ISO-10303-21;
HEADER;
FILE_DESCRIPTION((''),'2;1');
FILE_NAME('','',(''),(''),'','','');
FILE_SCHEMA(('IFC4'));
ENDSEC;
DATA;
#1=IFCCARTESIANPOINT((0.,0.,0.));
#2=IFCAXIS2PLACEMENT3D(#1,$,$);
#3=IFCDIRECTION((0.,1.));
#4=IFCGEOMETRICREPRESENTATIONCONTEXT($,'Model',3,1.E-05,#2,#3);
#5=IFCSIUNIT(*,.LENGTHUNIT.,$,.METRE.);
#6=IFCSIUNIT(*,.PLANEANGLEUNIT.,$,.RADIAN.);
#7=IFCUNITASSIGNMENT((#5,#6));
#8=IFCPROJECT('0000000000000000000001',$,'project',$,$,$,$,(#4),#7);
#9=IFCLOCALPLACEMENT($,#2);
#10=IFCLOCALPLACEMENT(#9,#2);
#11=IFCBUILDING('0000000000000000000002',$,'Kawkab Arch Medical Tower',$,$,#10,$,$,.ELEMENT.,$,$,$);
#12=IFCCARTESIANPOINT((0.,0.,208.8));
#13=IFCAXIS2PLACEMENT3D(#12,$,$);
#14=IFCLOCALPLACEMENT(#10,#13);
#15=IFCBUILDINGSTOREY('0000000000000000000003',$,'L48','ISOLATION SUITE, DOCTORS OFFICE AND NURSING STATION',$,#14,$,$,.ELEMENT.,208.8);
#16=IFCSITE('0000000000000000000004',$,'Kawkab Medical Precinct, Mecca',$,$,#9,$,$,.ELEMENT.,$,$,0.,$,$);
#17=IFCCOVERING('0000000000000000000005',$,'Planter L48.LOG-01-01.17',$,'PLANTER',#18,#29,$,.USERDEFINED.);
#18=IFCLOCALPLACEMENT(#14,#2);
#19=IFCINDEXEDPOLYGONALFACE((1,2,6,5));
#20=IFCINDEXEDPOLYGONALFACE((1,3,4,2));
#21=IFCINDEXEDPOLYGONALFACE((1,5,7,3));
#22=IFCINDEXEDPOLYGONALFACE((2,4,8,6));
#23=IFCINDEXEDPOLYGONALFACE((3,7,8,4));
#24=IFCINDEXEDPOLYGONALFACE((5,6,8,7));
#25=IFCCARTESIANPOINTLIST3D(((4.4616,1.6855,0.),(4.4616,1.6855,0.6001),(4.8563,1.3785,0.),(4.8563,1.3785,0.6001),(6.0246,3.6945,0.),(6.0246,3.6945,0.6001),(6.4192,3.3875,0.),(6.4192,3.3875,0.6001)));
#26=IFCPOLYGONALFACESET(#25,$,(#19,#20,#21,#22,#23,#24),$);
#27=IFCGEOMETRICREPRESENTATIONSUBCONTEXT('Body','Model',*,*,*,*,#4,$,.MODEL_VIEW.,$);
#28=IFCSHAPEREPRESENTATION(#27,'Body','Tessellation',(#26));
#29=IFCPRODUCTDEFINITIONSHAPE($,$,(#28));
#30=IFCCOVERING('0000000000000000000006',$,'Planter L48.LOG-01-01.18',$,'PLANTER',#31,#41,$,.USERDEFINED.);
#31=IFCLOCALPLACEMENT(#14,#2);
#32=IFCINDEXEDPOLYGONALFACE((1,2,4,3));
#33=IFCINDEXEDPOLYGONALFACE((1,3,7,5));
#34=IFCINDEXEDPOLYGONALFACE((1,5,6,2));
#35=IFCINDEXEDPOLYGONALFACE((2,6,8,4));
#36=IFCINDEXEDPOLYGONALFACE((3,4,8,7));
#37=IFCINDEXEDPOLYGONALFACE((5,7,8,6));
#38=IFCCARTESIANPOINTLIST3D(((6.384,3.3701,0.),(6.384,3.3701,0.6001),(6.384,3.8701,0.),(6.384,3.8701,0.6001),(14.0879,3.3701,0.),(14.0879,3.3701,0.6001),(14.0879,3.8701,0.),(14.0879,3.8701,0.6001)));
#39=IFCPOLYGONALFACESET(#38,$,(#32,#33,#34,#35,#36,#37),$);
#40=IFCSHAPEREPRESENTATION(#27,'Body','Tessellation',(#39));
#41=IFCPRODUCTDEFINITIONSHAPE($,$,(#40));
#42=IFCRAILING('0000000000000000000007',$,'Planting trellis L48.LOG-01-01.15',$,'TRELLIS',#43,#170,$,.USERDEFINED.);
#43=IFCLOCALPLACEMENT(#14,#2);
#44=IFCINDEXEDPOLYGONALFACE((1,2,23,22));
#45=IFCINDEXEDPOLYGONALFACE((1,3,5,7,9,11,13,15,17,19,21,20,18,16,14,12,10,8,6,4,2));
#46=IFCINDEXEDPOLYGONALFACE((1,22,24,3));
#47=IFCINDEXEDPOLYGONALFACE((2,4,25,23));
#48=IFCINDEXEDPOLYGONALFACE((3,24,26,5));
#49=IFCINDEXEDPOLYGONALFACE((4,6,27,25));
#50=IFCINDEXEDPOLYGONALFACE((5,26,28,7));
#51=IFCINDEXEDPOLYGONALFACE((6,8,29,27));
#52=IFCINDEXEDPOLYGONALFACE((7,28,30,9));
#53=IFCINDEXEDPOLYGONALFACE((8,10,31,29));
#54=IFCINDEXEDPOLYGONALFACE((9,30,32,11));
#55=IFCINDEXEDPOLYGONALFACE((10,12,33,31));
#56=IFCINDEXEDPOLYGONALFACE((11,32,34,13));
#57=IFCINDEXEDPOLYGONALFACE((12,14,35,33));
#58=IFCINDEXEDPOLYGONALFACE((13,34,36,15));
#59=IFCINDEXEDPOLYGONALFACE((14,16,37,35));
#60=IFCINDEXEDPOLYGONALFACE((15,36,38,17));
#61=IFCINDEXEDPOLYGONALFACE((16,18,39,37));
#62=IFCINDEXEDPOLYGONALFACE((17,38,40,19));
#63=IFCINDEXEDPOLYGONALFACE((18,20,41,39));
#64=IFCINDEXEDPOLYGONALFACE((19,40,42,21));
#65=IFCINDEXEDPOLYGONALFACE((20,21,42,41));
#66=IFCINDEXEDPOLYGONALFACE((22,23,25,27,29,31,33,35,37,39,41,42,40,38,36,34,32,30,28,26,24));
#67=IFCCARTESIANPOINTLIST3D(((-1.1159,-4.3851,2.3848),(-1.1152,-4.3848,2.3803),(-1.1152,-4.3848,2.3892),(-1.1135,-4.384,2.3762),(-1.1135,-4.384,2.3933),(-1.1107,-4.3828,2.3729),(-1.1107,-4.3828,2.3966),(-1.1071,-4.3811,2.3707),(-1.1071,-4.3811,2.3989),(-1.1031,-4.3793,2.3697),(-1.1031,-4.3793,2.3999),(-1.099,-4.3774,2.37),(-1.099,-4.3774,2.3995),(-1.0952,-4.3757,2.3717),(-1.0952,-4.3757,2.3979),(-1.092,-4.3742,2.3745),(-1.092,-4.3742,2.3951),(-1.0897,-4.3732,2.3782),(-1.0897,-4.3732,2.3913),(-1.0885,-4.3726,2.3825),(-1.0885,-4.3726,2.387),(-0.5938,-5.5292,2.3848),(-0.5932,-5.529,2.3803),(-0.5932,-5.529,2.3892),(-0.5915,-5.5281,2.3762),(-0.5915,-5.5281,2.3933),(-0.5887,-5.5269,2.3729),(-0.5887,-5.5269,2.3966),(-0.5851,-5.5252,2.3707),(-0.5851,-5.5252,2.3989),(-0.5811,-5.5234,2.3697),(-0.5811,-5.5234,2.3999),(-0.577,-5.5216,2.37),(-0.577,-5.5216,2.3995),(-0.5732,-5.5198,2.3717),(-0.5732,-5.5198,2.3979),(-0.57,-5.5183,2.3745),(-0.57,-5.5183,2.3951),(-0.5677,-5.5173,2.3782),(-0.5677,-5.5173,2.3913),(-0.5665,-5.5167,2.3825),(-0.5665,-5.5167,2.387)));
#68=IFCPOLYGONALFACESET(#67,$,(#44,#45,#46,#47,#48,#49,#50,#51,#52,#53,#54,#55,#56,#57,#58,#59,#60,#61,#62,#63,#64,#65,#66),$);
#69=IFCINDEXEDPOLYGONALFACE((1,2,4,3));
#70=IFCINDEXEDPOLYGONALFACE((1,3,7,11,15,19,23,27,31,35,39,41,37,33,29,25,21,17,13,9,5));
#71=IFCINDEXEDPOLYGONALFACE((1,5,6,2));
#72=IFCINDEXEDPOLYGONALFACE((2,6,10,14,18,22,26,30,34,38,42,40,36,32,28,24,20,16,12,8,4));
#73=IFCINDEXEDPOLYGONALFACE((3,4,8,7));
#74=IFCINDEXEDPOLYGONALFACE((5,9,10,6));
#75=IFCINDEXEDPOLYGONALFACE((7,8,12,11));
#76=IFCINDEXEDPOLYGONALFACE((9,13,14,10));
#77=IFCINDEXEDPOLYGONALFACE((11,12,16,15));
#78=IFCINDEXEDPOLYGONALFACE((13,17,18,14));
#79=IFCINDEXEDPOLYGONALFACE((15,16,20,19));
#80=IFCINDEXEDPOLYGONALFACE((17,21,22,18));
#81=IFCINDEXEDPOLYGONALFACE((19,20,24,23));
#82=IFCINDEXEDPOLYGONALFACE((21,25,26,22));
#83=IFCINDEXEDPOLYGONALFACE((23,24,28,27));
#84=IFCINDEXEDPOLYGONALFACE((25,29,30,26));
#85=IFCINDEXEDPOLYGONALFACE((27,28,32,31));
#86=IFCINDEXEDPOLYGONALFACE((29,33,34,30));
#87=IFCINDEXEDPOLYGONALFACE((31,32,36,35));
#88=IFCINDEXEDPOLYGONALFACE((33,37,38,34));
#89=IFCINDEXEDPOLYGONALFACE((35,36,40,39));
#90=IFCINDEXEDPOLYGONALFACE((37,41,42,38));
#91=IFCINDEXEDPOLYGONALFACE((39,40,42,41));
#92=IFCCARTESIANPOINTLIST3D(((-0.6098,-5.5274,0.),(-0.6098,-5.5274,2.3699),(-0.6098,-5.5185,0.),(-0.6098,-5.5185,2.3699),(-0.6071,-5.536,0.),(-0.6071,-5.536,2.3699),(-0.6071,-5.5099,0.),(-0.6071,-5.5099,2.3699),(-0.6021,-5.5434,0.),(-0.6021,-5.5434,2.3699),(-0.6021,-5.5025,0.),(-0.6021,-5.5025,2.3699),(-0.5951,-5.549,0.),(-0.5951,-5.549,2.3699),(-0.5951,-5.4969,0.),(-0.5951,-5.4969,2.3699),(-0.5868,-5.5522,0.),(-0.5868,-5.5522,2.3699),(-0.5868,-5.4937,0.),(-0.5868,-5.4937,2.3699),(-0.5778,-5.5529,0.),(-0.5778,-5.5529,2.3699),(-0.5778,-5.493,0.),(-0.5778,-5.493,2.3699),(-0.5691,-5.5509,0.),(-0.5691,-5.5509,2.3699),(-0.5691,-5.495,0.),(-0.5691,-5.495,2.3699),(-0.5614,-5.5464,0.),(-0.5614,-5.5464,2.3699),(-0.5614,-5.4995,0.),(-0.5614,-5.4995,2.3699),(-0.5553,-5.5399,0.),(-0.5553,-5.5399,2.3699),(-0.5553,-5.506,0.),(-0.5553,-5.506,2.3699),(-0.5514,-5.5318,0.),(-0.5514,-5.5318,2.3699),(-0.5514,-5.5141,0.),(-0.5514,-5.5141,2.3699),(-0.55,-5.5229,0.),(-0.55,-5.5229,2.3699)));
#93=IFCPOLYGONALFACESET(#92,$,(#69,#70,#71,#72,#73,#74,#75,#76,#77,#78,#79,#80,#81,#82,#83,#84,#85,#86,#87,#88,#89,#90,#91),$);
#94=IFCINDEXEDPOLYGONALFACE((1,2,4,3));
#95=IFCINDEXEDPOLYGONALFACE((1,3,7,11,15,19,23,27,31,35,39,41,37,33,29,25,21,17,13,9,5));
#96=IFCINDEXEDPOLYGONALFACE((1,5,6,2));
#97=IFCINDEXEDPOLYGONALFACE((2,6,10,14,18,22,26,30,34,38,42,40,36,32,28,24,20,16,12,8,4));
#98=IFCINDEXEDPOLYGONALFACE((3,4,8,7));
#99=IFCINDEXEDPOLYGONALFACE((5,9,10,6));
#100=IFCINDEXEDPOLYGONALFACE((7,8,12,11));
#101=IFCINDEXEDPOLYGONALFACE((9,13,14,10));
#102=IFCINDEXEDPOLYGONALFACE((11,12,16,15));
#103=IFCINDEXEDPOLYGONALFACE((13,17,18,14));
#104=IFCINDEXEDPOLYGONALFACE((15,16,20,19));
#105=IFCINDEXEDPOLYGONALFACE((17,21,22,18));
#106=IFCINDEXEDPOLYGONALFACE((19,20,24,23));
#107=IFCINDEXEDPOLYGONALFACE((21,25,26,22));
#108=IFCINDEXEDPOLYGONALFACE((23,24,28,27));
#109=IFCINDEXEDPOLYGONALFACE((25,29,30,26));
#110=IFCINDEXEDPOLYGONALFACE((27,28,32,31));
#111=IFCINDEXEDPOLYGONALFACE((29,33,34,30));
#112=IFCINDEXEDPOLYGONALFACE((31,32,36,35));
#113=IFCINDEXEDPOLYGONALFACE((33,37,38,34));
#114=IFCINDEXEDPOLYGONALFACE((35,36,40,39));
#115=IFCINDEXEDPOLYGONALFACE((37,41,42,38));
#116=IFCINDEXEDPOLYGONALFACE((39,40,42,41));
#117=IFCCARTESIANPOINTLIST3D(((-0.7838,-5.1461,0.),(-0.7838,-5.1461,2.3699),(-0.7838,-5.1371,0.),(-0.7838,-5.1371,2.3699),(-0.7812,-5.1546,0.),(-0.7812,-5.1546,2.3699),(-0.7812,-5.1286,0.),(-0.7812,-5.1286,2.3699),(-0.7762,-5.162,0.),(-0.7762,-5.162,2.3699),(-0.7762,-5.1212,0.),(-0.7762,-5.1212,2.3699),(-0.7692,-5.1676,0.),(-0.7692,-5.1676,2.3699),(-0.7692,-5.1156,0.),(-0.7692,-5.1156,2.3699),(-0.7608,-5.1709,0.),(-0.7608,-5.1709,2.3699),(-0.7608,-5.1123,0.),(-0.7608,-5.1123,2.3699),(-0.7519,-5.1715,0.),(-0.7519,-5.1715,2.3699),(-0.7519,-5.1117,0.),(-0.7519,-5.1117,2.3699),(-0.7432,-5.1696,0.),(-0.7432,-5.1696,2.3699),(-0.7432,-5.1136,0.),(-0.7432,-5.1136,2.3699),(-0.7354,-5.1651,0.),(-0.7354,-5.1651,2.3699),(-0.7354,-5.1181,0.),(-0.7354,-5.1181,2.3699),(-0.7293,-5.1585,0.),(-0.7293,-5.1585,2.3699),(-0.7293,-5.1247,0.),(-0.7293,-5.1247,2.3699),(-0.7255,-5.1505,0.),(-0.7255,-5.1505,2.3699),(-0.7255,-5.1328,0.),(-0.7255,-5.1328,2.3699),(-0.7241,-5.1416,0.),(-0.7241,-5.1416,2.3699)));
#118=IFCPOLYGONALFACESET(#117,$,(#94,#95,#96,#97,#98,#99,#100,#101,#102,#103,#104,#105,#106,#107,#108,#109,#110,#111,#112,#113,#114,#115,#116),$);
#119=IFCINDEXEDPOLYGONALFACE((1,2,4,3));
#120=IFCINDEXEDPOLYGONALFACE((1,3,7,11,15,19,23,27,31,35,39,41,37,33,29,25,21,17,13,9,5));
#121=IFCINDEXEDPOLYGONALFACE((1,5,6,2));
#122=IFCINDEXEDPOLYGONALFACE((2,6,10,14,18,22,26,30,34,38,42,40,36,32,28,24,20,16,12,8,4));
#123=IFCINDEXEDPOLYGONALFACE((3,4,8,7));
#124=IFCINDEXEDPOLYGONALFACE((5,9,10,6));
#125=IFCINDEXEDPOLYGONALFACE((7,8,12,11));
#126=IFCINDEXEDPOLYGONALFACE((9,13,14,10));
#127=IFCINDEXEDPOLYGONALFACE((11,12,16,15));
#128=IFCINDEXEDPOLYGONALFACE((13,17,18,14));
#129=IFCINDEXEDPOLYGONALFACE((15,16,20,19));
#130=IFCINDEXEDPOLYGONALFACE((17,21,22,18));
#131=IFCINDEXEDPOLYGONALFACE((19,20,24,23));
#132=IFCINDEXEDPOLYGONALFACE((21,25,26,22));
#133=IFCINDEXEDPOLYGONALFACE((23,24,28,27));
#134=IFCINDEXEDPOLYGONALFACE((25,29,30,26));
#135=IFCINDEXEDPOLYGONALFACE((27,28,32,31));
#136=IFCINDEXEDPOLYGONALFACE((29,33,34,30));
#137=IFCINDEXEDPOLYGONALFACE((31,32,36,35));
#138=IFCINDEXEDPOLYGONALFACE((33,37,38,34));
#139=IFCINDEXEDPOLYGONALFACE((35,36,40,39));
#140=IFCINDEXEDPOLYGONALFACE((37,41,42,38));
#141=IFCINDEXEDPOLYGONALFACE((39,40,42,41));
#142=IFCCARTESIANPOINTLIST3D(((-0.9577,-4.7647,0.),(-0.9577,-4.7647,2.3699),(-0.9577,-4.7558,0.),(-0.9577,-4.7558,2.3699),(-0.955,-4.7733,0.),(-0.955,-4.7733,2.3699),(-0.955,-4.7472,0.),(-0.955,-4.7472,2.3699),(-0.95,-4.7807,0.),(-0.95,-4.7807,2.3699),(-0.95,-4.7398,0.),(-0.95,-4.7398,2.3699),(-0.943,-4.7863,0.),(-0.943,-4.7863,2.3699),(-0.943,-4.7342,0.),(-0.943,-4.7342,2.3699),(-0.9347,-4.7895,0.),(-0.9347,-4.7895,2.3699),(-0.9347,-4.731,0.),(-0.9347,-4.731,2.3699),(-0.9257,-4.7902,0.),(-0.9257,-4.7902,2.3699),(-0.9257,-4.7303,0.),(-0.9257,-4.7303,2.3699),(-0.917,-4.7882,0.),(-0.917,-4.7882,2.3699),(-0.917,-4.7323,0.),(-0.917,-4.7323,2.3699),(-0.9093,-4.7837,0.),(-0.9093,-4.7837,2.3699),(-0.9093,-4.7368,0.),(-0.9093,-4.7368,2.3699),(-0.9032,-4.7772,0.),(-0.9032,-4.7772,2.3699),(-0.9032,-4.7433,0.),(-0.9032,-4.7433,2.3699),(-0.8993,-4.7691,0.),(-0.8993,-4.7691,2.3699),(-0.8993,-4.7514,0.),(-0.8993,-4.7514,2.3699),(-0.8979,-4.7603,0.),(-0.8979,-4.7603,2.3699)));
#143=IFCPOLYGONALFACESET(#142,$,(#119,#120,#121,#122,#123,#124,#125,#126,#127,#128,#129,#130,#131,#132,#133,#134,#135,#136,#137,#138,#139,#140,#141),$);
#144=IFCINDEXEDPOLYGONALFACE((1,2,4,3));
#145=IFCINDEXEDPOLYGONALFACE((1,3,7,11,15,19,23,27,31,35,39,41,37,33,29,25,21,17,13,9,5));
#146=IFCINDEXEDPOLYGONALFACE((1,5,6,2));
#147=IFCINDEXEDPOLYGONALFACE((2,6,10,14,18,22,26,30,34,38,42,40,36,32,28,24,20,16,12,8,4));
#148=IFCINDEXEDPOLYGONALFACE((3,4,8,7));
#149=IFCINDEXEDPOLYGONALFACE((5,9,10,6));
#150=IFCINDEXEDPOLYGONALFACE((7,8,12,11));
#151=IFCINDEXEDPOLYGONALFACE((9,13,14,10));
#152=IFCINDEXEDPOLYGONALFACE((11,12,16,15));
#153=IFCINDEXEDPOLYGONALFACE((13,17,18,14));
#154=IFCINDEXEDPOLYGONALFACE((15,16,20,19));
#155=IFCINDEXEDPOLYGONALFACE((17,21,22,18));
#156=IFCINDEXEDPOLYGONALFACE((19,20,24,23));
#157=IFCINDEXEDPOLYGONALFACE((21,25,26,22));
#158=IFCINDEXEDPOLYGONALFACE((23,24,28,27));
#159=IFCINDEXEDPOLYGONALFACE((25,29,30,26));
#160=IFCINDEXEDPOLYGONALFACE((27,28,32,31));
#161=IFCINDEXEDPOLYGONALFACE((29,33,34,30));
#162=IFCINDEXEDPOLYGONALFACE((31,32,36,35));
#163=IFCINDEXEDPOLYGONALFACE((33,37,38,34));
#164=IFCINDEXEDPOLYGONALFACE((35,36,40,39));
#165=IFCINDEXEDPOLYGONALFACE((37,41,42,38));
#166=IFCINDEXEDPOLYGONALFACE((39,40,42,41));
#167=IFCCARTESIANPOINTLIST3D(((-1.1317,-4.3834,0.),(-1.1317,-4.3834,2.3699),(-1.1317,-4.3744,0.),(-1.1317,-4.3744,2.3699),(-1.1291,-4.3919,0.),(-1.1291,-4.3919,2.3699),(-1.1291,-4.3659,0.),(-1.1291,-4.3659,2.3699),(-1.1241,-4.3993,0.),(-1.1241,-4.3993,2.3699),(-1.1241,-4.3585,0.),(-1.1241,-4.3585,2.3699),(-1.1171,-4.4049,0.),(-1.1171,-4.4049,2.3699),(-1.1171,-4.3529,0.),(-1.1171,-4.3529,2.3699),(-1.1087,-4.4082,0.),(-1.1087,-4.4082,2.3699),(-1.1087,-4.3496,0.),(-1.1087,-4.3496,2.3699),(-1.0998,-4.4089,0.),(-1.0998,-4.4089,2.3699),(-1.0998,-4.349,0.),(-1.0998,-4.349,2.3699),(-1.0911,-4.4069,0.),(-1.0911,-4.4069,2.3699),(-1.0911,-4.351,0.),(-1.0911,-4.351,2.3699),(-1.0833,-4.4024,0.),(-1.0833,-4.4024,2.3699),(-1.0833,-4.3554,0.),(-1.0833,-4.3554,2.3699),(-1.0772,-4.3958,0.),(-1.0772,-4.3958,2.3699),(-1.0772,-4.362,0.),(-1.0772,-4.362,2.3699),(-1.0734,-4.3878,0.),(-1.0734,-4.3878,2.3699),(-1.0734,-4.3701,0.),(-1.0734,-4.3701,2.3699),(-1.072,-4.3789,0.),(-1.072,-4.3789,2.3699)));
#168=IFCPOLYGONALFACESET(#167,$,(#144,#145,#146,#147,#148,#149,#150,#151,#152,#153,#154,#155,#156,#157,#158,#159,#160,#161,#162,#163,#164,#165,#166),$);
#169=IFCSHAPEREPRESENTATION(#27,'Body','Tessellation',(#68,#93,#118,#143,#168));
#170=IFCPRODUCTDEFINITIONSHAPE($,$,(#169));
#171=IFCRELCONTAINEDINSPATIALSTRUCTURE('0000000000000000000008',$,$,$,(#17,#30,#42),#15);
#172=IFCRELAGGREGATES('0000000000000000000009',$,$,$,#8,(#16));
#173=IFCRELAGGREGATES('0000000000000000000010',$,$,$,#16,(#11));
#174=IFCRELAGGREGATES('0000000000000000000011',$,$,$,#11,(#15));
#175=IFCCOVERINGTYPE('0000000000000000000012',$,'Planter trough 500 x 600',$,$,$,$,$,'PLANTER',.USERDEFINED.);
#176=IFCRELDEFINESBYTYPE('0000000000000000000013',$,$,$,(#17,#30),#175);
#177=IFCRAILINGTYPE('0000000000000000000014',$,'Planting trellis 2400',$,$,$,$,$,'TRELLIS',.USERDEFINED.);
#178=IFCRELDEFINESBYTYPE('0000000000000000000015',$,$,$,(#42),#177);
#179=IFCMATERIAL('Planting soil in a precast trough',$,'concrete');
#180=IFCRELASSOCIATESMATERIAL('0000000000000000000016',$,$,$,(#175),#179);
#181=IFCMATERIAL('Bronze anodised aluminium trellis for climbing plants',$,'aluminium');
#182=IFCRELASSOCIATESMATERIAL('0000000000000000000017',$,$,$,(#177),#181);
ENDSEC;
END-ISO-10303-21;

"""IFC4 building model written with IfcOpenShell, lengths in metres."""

from ifc_helpers import new_model, si_unit, direction, frame, origin, origin_2d, place, context, subcontext, project, spatial, rectangle, circle, extrude, material, material_profile, profile_set, type_object, element, save


model = new_model("IFC4")

# Units and contexts
model_context = context("Model", 3, precision=1e-05, world=origin(), true_north=direction((0.0, 1.0)))
body_context = subcontext(model_context, "Body", "Model", "MODEL_VIEW")
ifc_project = project(units=[si_unit("LENGTHUNIT", "METRE"), si_unit("PLANEANGLEUNIT", "RADIAN")], contexts=[model_context])

# Site, building, storey
site_placement = place(None, origin())
site = spatial("IfcSite", under=ifc_project, at=site_placement, Name="Kawkab Medical Precinct, Mecca", CompositionType="ELEMENT", RefElevation=0.0)
building_placement = place(site_placement, origin())
building = spatial("IfcBuilding", under=site, at=building_placement, Name="Kawkab Arch Medical Tower", CompositionType="ELEMENT")
storey_placement = place(building_placement, frame((0.0, 0.0, 208.8)))
storey = spatial("IfcBuildingStorey", under=building, at=storey_placement, Name="L48", Description="ISOLATION SUITE, DOCTORS OFFICE AND NURSING STATION", CompositionType="ELEMENT", Elevation=208.8)

# Coverings
ifc_material_1 = material(Name="Planting soil in a precast trough", Category="concrete")
ifc_material_profile_1 = material_profile(ifc_material_1, rectangle(XDim=0.5, YDim=0.6001, at=origin_2d()), Name="Trough 500x600")
ifc_profile_set_1 = profile_set([ifc_material_profile_1], Name="Planting soil in a precast trough")
covering_type = type_object("IfcCoveringType", Name="Planter trough 500 x 600", ElementType="PLANTER", PredefinedType="USERDEFINED", material=ifc_profile_set_1)
covering_1_placement = place(storey_placement, frame((4.6589, 1.532, 0.3), z_axis=(0.61404, 0.789275, 0.0), x_axis=(-0.789275, 0.61404, 0.0)))
element("IfcCovering", 1, at=covering_1_placement, inside=storey, type_object=covering_type, Name="Planter L48.LOG-01-01.17", ObjectType="PLANTER", PredefinedType="USERDEFINED", context=body_context, shape_type="SweptSolid", body=[
    extrude(rectangle(XDim=0.5, YDim=0.6001, at=origin_2d()), origin(), (0.0, 0.0, 1.0), 2.5454),
])
covering_2_placement = place(storey_placement, frame((6.384, 3.6201, 0.3), z_axis=(1.0, 0.0, 0.0), x_axis=(0.0, 1.0, 0.0)))
element("IfcCovering", 2, at=covering_2_placement, inside=storey, type_object=covering_type, Name="Planter L48.LOG-01-01.18", ObjectType="PLANTER", PredefinedType="USERDEFINED", context=body_context, shape_type="SweptSolid", body=[
    extrude(rectangle(XDim=0.5, YDim=0.6001, at=origin_2d()), origin(), (0.0, 0.0, 1.0), 7.7039),
])

# Railing
ifc_material_2 = material(Name="Bronze anodised aluminium trellis for climbing plants", Category="aluminium")
railing_type = type_object("IfcRailingType", Name="Planting trellis 2400", ElementType="TRELLIS", PredefinedType="USERDEFINED", material=ifc_material_2)
railing_1_placement = place(storey_placement, frame((-0.5801, -5.5229, 0.0)))
element("IfcRailing", 3, at=railing_1_placement, inside=storey, type_object=railing_type, Name="Planting trellis L48.LOG-01-01.15", ObjectType="TRELLIS", PredefinedType="USERDEFINED", context=body_context, shape_type="SweptSolid", body=[
    extrude(circle(Radius=0.0151, at=origin_2d()), frame((0.0, 0.0, 2.3848), z_axis=(-0.41509, 0.90978, 0.0), x_axis=(-0.90978, -0.41509, 0.0)), (0.0, 0.0, 1.0), 1.2576),
    extrude(circle(Radius=0.03, at=origin_2d()), origin(), (0.0, 0.0, 1.0), 2.3699),
    extrude(circle(Radius=0.03, at=origin_2d()), frame((-0.1741, 0.3813, 0.0)), (0.0, 0.0, 1.0), 2.3699),
    extrude(circle(Radius=0.03, at=origin_2d()), frame((-0.3479, 0.7627, 0.0)), (0.0, 0.0, 1.0), 2.3699),
    extrude(circle(Radius=0.03, at=origin_2d()), frame((-0.522, 1.144, 0.0)), (0.0, 0.0, 1.0), 2.3699),
])

save(model, "model.ifc")
